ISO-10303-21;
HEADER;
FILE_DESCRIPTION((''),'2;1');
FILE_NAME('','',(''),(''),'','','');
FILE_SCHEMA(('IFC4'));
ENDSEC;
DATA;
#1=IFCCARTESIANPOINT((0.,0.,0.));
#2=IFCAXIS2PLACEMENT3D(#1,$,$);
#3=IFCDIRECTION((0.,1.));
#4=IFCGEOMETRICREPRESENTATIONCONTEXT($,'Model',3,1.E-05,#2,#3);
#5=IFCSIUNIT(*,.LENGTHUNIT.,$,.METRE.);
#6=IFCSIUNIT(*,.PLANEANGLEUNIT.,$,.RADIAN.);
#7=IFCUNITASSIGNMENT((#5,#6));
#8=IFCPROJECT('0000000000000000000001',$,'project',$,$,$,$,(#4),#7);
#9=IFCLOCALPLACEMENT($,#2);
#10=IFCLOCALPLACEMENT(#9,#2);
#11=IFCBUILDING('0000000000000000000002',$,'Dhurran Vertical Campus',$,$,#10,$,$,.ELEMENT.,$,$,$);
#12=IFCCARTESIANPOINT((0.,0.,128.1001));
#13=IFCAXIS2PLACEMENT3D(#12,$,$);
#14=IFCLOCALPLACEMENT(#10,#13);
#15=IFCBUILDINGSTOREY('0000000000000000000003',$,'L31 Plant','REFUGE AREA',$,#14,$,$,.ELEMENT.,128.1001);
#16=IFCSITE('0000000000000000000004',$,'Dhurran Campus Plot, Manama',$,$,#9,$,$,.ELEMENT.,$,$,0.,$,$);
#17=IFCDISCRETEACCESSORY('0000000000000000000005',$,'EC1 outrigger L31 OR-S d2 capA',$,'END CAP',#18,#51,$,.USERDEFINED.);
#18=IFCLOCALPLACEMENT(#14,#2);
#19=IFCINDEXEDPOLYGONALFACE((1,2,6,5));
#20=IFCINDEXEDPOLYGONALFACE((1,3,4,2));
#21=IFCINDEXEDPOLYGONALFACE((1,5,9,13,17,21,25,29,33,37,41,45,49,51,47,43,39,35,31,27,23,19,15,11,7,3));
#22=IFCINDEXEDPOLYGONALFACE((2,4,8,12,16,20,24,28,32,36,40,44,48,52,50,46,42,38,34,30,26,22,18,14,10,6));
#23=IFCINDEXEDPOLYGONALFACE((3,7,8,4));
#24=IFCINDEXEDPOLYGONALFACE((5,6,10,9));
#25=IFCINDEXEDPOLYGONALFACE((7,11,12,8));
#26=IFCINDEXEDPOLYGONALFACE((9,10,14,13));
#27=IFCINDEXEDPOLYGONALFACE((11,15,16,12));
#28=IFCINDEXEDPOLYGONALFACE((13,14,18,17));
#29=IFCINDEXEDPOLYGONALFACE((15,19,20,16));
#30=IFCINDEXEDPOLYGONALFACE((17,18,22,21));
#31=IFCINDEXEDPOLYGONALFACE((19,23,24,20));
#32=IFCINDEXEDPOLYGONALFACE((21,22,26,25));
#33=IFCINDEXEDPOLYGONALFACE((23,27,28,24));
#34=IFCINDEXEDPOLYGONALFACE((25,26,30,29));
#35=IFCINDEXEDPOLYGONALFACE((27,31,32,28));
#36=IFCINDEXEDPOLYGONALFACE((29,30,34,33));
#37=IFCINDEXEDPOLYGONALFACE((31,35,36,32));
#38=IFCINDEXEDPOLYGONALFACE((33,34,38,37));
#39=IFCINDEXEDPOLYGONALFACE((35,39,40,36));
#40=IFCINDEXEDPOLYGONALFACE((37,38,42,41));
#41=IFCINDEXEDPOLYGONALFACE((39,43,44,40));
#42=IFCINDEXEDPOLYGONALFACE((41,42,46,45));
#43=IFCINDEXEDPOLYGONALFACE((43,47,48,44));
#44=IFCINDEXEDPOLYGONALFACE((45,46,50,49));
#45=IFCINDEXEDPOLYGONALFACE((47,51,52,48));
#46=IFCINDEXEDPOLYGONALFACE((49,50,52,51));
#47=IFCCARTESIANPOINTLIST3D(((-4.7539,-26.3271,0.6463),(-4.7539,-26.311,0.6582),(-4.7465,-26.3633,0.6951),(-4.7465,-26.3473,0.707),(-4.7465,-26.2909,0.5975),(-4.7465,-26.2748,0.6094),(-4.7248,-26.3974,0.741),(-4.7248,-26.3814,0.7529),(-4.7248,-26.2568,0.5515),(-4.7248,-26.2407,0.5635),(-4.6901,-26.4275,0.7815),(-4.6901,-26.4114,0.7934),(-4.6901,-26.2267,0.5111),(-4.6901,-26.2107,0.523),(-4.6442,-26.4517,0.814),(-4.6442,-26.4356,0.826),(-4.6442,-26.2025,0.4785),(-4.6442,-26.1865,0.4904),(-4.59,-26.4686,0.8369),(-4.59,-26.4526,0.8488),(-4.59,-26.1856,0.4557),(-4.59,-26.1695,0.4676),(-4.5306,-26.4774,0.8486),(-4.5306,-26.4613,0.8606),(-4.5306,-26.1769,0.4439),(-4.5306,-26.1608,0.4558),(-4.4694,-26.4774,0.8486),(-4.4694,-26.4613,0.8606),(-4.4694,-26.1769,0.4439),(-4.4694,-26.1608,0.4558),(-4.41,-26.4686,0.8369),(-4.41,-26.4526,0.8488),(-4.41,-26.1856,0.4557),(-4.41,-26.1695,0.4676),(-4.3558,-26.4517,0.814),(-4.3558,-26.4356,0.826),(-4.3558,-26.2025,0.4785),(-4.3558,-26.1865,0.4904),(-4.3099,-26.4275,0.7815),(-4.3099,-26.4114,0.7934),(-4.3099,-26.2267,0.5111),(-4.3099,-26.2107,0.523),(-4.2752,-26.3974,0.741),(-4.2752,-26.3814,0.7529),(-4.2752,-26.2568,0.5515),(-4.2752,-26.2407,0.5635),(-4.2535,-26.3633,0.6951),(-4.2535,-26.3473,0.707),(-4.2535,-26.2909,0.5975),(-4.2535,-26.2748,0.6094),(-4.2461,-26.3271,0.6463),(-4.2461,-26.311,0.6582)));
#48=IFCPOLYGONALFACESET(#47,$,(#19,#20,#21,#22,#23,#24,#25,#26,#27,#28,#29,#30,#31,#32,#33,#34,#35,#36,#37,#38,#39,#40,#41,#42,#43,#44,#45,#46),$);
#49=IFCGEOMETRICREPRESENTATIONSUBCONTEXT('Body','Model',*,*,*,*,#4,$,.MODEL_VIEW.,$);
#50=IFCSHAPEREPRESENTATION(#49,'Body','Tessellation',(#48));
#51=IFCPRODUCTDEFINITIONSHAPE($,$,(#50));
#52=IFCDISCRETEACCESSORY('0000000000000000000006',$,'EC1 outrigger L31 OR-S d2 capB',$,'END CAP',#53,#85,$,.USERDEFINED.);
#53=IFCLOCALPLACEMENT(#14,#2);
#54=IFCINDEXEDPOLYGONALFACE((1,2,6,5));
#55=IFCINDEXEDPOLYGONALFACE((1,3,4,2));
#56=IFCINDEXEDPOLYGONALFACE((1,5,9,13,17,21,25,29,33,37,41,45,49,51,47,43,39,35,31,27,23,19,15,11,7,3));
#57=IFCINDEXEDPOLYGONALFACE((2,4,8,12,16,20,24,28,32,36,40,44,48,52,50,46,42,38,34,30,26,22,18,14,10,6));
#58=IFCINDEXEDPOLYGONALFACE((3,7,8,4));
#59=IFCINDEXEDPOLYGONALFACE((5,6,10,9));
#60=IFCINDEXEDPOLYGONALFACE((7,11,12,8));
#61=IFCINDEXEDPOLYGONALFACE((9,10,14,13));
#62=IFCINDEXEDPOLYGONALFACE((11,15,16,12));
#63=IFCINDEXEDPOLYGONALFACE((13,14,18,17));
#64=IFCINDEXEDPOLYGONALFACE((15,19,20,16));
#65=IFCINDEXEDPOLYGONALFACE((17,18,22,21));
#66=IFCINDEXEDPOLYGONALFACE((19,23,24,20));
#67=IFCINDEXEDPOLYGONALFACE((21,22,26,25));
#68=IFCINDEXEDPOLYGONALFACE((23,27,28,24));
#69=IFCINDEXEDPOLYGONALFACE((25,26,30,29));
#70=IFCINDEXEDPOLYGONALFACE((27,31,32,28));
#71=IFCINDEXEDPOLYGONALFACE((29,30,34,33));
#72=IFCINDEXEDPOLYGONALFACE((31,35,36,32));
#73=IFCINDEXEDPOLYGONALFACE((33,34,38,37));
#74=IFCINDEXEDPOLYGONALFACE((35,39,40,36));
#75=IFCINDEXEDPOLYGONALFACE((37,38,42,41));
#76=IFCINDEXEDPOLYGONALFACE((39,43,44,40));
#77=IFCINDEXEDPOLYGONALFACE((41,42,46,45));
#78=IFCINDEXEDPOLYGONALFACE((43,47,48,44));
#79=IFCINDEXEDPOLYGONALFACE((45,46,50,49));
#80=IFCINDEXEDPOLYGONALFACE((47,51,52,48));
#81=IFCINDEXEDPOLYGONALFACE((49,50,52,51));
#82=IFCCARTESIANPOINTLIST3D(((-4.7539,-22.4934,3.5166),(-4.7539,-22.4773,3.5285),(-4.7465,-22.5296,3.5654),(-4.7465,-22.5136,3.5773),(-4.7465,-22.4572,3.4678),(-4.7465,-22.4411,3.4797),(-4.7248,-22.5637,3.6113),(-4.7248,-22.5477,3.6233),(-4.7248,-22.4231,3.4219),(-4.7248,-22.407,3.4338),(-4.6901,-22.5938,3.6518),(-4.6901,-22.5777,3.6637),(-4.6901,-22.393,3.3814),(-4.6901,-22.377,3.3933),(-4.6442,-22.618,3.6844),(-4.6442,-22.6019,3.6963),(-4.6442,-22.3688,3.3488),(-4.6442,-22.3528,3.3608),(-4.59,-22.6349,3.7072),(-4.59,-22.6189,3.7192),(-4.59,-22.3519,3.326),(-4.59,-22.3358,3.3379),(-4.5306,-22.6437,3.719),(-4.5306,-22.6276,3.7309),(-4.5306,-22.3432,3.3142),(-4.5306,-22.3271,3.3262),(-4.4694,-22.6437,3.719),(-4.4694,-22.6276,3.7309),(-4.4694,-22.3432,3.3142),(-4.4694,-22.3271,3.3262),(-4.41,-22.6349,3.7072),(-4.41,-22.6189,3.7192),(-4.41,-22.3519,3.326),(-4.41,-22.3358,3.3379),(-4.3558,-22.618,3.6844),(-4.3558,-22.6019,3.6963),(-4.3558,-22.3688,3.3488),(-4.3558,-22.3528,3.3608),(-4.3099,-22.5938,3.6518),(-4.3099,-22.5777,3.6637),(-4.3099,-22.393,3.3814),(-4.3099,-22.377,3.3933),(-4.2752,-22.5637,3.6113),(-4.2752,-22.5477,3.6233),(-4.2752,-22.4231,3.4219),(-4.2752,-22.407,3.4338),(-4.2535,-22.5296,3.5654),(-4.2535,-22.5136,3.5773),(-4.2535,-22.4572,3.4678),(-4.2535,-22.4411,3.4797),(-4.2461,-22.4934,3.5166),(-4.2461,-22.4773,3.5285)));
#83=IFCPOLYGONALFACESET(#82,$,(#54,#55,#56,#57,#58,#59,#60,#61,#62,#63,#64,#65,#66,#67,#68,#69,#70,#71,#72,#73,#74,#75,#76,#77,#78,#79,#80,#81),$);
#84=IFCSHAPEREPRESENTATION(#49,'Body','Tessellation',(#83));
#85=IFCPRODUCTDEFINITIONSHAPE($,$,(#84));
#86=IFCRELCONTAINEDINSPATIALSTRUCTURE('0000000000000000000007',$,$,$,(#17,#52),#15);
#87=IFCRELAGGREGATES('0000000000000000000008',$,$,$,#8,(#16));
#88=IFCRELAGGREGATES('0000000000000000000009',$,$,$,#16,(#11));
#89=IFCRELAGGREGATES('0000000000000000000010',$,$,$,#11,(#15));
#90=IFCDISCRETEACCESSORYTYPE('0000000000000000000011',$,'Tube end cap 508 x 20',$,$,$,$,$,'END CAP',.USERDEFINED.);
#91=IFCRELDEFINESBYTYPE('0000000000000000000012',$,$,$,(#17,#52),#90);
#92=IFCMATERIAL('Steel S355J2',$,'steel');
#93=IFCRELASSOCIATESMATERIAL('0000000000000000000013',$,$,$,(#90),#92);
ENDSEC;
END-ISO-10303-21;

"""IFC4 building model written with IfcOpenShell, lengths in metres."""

from ifc_helpers import new_model, si_unit, direction, frame, origin, origin_2d, place, context, subcontext, project, spatial, circle, extrude, material, material_profile, profile_set, type_object, element, save


model = new_model("IFC4")

# Units and contexts
model_context = context("Model", 3, precision=1e-05, world=origin(), true_north=direction((0.0, 1.0)))
body_context = subcontext(model_context, "Body", "Model", "MODEL_VIEW")
ifc_project = project(units=[si_unit("LENGTHUNIT", "METRE"), si_unit("PLANEANGLEUNIT", "RADIAN")], contexts=[model_context])

# Site, building, storey
site_placement = place(None, origin())
site = spatial("IfcSite", under=ifc_project, at=site_placement, Name="Dhurran Campus Plot, Manama", CompositionType="ELEMENT", RefElevation=0.0)
building_placement = place(site_placement, origin())
building = spatial("IfcBuilding", under=site, at=building_placement, Name="Dhurran Vertical Campus", CompositionType="ELEMENT")
storey_placement = place(building_placement, frame((0.0, 0.0, 128.1001)))
storey = spatial("IfcBuildingStorey", under=building, at=storey_placement, Name="L31 Plant", Description="REFUGE AREA", CompositionType="ELEMENT", Elevation=128.1001)

# Discrete accessories
ifc_material_1 = material(Name="Steel S355J2", Category="steel")
ifc_material_profile_1 = material_profile(ifc_material_1, circle(Radius=0.2539, at=origin_2d()), Name="Tube end cap 508 x 20")
ifc_profile_set_1 = profile_set([ifc_material_profile_1], Name="Steel S355J2")
discrete_accessory_type = type_object("IfcDiscreteAccessoryType", Name="Tube end cap 508 x 20", ElementType="END CAP", PredefinedType="USERDEFINED", material=ifc_profile_set_1)
for number, where, z_axis, x_axis, name in (
    (1, (-4.5, -26.311, 0.6582), (0.0, -0.80291, -0.5961), (1.0, 0.0, 0.0), "EC1 outrigger L31 OR-S d2 capA"),
    (2, (-4.5, -22.4934, 3.5166), (0.0, 0.80291, 0.5961), (-1.0, 0.0, 0.0), "EC1 outrigger L31 OR-S d2 capB"),
):
    element("IfcDiscreteAccessory", number, at=place(storey_placement, frame(where, z_axis=z_axis, x_axis=x_axis)), inside=storey, type_object=discrete_accessory_type, Name=name, ObjectType="END CAP", PredefinedType="USERDEFINED", context=body_context, shape_type="SweptSolid", body=[
        extrude(circle(Radius=0.2539, at=origin_2d()), origin(), (0.0, 0.0, 1.0), 0.02),
    ])

save(model, "model.ifc")
